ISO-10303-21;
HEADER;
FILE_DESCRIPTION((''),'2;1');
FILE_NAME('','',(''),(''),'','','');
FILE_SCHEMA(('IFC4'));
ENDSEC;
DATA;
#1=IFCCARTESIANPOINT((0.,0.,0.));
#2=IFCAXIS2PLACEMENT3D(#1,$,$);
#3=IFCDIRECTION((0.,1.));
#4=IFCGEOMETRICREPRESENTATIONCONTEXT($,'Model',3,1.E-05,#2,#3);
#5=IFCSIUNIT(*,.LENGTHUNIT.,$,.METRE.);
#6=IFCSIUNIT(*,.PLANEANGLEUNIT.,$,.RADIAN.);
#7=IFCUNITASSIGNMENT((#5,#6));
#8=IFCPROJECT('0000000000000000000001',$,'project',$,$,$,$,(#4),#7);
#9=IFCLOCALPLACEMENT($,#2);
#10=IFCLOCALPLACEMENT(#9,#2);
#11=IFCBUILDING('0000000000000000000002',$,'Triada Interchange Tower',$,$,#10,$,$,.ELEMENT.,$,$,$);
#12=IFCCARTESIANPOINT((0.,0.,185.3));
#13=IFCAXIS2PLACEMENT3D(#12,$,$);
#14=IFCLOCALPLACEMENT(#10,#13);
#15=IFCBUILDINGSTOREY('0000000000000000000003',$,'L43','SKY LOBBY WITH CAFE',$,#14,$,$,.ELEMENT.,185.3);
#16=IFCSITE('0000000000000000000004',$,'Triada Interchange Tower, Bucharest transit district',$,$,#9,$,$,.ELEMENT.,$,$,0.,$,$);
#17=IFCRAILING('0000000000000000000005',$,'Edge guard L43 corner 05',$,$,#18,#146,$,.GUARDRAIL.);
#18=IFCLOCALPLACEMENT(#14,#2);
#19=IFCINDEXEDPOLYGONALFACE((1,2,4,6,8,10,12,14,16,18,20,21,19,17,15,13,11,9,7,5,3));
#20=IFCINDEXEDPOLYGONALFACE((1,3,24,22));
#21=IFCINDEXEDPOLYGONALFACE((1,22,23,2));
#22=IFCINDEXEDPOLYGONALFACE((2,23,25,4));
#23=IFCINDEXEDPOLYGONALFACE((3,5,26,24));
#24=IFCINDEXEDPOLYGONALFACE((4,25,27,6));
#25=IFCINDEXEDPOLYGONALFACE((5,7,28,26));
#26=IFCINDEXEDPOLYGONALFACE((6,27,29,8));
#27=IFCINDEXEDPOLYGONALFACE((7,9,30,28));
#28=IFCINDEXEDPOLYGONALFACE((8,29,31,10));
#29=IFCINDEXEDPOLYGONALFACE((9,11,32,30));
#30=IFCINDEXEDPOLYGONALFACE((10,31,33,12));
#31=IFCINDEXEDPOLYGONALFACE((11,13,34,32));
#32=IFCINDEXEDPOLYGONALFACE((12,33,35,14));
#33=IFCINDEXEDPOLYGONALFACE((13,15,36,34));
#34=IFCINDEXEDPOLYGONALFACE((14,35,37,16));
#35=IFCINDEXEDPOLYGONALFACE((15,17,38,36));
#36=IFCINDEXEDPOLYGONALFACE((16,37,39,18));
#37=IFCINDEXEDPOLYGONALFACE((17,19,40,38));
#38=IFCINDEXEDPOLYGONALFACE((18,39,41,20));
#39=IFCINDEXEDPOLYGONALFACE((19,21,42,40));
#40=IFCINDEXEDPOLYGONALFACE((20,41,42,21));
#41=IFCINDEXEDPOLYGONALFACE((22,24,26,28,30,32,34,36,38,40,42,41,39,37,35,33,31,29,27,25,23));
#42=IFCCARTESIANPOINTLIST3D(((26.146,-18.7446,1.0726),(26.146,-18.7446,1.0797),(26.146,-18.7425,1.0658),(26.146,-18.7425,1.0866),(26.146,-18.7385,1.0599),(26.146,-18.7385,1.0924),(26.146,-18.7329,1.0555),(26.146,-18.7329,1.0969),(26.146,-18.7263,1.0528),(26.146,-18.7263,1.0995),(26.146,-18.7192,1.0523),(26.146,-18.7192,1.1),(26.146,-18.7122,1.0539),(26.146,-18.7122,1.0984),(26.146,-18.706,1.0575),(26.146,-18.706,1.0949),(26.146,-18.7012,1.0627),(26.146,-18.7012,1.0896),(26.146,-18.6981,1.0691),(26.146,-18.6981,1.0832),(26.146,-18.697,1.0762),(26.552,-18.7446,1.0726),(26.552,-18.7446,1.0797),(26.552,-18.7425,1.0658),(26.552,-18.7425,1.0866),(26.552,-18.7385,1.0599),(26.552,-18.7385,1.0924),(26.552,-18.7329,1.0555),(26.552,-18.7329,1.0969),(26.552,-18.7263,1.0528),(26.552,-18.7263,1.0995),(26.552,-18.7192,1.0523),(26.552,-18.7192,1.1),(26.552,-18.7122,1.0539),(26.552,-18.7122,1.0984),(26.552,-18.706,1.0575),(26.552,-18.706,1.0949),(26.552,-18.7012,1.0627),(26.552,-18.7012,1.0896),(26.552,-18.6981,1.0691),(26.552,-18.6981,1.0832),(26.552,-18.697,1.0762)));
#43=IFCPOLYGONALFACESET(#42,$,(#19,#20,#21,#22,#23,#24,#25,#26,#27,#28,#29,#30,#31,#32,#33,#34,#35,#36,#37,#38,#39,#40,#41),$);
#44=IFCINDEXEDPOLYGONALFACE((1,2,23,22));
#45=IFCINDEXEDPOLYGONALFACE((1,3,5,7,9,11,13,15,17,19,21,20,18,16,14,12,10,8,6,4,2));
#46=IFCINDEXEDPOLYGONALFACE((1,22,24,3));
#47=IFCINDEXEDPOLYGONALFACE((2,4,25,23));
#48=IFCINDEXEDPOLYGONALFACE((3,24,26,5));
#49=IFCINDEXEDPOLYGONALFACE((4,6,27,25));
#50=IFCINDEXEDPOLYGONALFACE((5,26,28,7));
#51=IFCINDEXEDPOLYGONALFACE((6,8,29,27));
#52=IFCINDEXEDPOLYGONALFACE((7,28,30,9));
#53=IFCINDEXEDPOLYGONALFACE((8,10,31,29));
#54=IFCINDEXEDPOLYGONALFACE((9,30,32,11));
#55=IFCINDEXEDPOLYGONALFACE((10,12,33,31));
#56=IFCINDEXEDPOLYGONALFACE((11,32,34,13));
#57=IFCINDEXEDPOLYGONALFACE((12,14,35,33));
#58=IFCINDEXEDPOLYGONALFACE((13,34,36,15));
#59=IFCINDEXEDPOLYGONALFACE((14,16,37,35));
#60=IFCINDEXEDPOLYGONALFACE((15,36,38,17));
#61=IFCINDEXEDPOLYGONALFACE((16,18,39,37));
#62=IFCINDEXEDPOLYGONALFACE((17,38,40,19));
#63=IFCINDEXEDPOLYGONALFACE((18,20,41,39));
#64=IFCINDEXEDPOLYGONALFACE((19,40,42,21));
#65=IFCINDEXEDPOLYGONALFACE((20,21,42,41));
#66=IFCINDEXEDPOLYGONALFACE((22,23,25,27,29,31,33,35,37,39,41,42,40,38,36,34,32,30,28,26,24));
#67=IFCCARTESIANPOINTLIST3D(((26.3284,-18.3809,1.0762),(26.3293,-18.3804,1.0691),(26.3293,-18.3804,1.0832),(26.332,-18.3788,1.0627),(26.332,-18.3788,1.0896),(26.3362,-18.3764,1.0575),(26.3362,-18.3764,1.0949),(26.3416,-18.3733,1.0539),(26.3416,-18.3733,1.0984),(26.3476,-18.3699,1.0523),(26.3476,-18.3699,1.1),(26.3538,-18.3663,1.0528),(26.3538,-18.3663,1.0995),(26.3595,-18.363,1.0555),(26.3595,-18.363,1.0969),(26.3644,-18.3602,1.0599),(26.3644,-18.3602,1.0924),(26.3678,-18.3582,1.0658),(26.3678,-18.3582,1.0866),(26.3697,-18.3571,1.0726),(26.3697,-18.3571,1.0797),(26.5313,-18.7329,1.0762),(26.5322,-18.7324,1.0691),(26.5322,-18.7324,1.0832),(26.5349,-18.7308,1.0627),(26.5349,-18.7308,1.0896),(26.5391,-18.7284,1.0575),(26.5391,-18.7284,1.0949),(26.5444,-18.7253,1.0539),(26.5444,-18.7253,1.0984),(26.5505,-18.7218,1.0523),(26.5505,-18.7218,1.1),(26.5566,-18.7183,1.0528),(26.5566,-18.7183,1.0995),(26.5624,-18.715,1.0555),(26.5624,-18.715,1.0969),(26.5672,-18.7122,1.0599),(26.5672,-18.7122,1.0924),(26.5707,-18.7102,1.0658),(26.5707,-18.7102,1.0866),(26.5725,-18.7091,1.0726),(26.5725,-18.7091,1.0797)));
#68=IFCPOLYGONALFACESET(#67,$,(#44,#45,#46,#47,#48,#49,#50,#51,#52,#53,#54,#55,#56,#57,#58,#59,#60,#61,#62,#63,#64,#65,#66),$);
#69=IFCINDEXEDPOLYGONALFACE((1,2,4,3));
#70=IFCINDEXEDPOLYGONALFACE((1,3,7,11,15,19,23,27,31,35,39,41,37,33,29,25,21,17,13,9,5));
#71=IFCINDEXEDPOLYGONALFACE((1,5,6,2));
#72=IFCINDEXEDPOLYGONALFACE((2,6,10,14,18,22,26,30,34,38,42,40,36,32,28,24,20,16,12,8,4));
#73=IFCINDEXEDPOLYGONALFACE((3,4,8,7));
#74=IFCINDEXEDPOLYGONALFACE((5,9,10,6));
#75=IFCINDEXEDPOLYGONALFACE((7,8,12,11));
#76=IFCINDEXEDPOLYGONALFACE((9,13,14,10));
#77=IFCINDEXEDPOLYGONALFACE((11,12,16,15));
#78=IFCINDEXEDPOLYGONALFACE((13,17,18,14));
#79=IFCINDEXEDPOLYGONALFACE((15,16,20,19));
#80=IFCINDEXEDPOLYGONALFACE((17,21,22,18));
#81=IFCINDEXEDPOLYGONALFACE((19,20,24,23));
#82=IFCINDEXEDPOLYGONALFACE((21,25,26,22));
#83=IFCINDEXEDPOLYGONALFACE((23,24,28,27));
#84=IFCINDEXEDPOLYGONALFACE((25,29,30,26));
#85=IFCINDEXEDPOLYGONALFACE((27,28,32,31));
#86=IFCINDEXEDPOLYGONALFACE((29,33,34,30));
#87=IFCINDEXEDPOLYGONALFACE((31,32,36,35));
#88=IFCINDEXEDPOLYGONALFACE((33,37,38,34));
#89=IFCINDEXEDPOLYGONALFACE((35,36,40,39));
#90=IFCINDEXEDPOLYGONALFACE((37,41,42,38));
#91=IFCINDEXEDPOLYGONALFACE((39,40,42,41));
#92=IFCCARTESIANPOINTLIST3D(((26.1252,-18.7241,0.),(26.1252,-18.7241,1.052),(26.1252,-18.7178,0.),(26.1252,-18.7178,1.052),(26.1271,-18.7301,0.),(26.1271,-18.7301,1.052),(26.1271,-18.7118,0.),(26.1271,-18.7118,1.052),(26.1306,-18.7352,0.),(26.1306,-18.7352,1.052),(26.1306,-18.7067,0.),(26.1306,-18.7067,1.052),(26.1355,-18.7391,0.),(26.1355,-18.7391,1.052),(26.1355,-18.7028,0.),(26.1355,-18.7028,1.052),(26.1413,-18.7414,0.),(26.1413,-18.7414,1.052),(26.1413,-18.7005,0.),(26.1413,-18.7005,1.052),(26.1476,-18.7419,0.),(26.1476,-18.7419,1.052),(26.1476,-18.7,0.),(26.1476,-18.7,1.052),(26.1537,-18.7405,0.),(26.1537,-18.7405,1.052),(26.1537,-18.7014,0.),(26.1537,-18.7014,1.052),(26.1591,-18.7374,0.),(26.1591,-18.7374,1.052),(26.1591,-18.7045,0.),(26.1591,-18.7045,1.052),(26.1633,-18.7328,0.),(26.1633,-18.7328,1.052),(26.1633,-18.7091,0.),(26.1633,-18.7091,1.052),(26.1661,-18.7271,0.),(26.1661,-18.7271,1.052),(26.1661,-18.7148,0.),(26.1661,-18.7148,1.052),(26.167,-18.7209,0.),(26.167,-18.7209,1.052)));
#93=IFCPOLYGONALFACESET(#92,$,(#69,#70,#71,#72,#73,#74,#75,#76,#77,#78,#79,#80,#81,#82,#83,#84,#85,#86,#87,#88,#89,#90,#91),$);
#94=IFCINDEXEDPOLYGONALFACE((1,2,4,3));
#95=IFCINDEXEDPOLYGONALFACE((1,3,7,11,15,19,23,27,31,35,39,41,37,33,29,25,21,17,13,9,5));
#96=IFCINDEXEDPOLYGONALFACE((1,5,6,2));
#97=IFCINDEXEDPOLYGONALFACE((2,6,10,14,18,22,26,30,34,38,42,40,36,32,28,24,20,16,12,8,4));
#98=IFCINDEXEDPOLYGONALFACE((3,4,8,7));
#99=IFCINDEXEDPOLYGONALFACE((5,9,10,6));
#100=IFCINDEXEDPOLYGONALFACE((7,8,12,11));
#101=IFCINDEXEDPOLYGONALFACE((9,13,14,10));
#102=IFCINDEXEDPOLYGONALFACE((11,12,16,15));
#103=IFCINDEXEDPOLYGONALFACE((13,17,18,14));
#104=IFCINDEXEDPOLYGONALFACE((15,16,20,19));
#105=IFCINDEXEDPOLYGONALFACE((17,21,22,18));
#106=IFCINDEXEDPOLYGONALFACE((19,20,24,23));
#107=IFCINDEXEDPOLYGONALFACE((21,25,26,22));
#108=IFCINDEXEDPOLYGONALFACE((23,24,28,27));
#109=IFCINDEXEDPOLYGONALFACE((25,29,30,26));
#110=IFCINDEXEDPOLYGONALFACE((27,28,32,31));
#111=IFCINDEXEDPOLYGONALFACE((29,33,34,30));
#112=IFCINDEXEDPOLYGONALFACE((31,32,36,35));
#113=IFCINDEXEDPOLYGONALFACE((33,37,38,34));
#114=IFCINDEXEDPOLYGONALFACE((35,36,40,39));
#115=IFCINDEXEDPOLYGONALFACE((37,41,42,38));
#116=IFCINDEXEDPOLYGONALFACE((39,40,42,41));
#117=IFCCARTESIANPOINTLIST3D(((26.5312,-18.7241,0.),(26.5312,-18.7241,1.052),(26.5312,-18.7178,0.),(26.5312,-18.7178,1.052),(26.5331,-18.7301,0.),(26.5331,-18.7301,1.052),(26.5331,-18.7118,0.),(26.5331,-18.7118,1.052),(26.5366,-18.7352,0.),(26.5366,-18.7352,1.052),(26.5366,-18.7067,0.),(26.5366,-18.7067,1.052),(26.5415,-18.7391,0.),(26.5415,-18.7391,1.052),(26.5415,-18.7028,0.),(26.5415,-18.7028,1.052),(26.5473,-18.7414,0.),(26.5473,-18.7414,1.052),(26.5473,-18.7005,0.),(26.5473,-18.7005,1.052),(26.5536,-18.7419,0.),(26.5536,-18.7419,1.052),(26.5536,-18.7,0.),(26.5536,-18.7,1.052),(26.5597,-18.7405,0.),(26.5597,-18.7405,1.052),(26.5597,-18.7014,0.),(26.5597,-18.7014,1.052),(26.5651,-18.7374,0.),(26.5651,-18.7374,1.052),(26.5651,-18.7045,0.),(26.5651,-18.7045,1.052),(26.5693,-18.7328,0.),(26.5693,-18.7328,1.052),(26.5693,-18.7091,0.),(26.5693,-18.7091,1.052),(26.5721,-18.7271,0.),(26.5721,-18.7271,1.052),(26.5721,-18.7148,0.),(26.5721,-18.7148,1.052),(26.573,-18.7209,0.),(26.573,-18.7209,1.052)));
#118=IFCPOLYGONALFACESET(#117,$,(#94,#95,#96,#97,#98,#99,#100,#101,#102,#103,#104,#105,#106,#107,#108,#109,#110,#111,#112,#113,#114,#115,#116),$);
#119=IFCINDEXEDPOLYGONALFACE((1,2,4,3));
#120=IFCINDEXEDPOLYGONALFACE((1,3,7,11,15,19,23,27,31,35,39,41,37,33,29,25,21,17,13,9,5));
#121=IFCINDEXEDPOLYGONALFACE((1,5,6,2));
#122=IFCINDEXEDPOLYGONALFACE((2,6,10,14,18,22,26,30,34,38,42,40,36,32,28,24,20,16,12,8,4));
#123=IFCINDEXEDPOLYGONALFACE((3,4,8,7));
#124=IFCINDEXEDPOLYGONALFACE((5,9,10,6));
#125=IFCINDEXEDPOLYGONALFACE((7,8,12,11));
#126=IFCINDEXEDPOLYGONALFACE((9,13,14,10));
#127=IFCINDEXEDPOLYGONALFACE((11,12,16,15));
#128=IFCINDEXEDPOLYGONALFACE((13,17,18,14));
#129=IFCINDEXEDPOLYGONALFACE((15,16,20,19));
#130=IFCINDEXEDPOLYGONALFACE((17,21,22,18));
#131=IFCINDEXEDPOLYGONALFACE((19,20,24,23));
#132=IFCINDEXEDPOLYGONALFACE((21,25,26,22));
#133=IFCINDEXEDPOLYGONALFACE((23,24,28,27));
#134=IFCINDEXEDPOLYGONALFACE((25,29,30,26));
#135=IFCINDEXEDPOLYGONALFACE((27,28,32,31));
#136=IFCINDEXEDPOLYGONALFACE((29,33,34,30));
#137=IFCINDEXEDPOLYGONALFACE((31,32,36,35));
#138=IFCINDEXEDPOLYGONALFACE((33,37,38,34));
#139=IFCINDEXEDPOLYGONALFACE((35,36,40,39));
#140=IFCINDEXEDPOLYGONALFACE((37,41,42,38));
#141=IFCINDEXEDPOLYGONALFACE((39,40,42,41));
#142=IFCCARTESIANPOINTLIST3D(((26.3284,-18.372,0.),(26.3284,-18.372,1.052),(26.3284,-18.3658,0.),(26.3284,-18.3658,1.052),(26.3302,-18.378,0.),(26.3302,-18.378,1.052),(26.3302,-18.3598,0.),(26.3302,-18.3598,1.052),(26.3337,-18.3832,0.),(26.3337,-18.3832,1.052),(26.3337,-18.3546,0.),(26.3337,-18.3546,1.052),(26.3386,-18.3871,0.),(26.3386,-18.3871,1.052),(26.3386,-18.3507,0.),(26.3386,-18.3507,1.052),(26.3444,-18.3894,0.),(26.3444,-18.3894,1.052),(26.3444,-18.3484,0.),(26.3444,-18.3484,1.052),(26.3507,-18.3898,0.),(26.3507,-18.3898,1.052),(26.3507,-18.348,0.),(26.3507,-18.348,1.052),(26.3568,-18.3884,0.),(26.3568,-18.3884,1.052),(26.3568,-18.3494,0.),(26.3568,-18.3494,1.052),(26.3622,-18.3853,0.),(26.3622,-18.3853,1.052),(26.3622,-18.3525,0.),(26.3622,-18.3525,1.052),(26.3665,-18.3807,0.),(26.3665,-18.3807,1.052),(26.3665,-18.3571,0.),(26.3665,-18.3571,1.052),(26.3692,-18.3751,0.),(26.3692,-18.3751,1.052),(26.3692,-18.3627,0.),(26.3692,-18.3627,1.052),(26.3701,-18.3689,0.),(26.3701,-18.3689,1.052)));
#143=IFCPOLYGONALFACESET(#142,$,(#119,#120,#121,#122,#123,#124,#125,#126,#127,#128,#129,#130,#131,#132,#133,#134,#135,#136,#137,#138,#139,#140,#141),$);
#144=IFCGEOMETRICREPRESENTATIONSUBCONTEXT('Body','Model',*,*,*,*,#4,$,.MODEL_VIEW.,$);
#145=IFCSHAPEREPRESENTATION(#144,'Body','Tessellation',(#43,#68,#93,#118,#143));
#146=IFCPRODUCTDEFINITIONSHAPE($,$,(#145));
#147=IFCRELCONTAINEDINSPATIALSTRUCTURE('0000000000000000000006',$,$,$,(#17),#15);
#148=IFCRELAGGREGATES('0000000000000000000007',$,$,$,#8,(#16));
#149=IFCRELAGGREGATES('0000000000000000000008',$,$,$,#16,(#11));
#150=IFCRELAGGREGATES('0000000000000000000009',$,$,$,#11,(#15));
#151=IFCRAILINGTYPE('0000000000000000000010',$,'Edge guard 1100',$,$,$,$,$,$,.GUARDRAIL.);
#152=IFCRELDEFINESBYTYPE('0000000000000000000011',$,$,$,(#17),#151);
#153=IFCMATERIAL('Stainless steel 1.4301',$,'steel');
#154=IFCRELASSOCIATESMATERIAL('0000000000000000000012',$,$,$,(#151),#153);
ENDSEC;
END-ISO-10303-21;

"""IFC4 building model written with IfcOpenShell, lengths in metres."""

from ifc_helpers import new_model, si_unit, direction, frame, origin, origin_2d, place, context, subcontext, project, spatial, circle, extrude, material, type_object, element, save


model = new_model("IFC4")

# Units and contexts
model_context = context("Model", 3, precision=1e-05, world=origin(), true_north=direction((0.0, 1.0)))
body_context = subcontext(model_context, "Body", "Model", "MODEL_VIEW")
ifc_project = project(units=[si_unit("LENGTHUNIT", "METRE"), si_unit("PLANEANGLEUNIT", "RADIAN")], contexts=[model_context])

# Site, building, storey
site_placement = place(None, origin())
site = spatial("IfcSite", under=ifc_project, at=site_placement, Name="Triada Interchange Tower, Bucharest transit district", CompositionType="ELEMENT", RefElevation=0.0)
building_placement = place(site_placement, origin())
building = spatial("IfcBuilding", under=site, at=building_placement, Name="Triada Interchange Tower", CompositionType="ELEMENT")
storey_placement = place(building_placement, frame((0.0, 0.0, 185.3)))
storey = spatial("IfcBuildingStorey", under=building, at=storey_placement, Name="L43", Description="SKY LOBBY WITH CAFE", CompositionType="ELEMENT", Elevation=185.3)

# Railing
ifc_material_1 = material(Name="Stainless steel 1.4301", Category="steel")
railing_type = type_object("IfcRailingType", Name="Edge guard 1100", PredefinedType="GUARDRAIL", material=ifc_material_1)
railing_1_placement = place(storey_placement, frame((26.146, -18.7209, 0.0)))
element("IfcRailing", 1, at=railing_1_placement, inside=storey, type_object=railing_type, Name="Edge guard L43 corner 05", PredefinedType="GUARDRAIL", context=body_context, shape_type="SweptSolid", body=[
    extrude(circle(Radius=0.0239, at=origin_2d()), frame((0.0, 0.0, 1.0762), z_axis=(1.0, 0.0, 0.0), x_axis=(0.0, 1.0, 0.0)), (0.0, 0.0, 1.0), 0.406),
    extrude(circle(Radius=0.0239, at=origin_2d()), frame((0.406, 0.0, 1.0762), z_axis=(-0.499306, 0.866426, 0.0), x_axis=(-0.866426, -0.499306, 0.0)), (0.0, 0.0, 1.0), 0.4062),
    extrude(circle(Radius=0.021, at=origin_2d()), origin(), (0.0, 0.0, 1.0), 1.052),
    extrude(circle(Radius=0.021, at=origin_2d()), frame((0.406, 0.0, 0.0)), (0.0, 0.0, 1.0), 1.052),
    extrude(circle(Radius=0.021, at=origin_2d()), frame((0.2031, 0.3521, 0.0)), (0.0, 0.0, 1.0), 1.052),
])

save(model, "model.ifc")
